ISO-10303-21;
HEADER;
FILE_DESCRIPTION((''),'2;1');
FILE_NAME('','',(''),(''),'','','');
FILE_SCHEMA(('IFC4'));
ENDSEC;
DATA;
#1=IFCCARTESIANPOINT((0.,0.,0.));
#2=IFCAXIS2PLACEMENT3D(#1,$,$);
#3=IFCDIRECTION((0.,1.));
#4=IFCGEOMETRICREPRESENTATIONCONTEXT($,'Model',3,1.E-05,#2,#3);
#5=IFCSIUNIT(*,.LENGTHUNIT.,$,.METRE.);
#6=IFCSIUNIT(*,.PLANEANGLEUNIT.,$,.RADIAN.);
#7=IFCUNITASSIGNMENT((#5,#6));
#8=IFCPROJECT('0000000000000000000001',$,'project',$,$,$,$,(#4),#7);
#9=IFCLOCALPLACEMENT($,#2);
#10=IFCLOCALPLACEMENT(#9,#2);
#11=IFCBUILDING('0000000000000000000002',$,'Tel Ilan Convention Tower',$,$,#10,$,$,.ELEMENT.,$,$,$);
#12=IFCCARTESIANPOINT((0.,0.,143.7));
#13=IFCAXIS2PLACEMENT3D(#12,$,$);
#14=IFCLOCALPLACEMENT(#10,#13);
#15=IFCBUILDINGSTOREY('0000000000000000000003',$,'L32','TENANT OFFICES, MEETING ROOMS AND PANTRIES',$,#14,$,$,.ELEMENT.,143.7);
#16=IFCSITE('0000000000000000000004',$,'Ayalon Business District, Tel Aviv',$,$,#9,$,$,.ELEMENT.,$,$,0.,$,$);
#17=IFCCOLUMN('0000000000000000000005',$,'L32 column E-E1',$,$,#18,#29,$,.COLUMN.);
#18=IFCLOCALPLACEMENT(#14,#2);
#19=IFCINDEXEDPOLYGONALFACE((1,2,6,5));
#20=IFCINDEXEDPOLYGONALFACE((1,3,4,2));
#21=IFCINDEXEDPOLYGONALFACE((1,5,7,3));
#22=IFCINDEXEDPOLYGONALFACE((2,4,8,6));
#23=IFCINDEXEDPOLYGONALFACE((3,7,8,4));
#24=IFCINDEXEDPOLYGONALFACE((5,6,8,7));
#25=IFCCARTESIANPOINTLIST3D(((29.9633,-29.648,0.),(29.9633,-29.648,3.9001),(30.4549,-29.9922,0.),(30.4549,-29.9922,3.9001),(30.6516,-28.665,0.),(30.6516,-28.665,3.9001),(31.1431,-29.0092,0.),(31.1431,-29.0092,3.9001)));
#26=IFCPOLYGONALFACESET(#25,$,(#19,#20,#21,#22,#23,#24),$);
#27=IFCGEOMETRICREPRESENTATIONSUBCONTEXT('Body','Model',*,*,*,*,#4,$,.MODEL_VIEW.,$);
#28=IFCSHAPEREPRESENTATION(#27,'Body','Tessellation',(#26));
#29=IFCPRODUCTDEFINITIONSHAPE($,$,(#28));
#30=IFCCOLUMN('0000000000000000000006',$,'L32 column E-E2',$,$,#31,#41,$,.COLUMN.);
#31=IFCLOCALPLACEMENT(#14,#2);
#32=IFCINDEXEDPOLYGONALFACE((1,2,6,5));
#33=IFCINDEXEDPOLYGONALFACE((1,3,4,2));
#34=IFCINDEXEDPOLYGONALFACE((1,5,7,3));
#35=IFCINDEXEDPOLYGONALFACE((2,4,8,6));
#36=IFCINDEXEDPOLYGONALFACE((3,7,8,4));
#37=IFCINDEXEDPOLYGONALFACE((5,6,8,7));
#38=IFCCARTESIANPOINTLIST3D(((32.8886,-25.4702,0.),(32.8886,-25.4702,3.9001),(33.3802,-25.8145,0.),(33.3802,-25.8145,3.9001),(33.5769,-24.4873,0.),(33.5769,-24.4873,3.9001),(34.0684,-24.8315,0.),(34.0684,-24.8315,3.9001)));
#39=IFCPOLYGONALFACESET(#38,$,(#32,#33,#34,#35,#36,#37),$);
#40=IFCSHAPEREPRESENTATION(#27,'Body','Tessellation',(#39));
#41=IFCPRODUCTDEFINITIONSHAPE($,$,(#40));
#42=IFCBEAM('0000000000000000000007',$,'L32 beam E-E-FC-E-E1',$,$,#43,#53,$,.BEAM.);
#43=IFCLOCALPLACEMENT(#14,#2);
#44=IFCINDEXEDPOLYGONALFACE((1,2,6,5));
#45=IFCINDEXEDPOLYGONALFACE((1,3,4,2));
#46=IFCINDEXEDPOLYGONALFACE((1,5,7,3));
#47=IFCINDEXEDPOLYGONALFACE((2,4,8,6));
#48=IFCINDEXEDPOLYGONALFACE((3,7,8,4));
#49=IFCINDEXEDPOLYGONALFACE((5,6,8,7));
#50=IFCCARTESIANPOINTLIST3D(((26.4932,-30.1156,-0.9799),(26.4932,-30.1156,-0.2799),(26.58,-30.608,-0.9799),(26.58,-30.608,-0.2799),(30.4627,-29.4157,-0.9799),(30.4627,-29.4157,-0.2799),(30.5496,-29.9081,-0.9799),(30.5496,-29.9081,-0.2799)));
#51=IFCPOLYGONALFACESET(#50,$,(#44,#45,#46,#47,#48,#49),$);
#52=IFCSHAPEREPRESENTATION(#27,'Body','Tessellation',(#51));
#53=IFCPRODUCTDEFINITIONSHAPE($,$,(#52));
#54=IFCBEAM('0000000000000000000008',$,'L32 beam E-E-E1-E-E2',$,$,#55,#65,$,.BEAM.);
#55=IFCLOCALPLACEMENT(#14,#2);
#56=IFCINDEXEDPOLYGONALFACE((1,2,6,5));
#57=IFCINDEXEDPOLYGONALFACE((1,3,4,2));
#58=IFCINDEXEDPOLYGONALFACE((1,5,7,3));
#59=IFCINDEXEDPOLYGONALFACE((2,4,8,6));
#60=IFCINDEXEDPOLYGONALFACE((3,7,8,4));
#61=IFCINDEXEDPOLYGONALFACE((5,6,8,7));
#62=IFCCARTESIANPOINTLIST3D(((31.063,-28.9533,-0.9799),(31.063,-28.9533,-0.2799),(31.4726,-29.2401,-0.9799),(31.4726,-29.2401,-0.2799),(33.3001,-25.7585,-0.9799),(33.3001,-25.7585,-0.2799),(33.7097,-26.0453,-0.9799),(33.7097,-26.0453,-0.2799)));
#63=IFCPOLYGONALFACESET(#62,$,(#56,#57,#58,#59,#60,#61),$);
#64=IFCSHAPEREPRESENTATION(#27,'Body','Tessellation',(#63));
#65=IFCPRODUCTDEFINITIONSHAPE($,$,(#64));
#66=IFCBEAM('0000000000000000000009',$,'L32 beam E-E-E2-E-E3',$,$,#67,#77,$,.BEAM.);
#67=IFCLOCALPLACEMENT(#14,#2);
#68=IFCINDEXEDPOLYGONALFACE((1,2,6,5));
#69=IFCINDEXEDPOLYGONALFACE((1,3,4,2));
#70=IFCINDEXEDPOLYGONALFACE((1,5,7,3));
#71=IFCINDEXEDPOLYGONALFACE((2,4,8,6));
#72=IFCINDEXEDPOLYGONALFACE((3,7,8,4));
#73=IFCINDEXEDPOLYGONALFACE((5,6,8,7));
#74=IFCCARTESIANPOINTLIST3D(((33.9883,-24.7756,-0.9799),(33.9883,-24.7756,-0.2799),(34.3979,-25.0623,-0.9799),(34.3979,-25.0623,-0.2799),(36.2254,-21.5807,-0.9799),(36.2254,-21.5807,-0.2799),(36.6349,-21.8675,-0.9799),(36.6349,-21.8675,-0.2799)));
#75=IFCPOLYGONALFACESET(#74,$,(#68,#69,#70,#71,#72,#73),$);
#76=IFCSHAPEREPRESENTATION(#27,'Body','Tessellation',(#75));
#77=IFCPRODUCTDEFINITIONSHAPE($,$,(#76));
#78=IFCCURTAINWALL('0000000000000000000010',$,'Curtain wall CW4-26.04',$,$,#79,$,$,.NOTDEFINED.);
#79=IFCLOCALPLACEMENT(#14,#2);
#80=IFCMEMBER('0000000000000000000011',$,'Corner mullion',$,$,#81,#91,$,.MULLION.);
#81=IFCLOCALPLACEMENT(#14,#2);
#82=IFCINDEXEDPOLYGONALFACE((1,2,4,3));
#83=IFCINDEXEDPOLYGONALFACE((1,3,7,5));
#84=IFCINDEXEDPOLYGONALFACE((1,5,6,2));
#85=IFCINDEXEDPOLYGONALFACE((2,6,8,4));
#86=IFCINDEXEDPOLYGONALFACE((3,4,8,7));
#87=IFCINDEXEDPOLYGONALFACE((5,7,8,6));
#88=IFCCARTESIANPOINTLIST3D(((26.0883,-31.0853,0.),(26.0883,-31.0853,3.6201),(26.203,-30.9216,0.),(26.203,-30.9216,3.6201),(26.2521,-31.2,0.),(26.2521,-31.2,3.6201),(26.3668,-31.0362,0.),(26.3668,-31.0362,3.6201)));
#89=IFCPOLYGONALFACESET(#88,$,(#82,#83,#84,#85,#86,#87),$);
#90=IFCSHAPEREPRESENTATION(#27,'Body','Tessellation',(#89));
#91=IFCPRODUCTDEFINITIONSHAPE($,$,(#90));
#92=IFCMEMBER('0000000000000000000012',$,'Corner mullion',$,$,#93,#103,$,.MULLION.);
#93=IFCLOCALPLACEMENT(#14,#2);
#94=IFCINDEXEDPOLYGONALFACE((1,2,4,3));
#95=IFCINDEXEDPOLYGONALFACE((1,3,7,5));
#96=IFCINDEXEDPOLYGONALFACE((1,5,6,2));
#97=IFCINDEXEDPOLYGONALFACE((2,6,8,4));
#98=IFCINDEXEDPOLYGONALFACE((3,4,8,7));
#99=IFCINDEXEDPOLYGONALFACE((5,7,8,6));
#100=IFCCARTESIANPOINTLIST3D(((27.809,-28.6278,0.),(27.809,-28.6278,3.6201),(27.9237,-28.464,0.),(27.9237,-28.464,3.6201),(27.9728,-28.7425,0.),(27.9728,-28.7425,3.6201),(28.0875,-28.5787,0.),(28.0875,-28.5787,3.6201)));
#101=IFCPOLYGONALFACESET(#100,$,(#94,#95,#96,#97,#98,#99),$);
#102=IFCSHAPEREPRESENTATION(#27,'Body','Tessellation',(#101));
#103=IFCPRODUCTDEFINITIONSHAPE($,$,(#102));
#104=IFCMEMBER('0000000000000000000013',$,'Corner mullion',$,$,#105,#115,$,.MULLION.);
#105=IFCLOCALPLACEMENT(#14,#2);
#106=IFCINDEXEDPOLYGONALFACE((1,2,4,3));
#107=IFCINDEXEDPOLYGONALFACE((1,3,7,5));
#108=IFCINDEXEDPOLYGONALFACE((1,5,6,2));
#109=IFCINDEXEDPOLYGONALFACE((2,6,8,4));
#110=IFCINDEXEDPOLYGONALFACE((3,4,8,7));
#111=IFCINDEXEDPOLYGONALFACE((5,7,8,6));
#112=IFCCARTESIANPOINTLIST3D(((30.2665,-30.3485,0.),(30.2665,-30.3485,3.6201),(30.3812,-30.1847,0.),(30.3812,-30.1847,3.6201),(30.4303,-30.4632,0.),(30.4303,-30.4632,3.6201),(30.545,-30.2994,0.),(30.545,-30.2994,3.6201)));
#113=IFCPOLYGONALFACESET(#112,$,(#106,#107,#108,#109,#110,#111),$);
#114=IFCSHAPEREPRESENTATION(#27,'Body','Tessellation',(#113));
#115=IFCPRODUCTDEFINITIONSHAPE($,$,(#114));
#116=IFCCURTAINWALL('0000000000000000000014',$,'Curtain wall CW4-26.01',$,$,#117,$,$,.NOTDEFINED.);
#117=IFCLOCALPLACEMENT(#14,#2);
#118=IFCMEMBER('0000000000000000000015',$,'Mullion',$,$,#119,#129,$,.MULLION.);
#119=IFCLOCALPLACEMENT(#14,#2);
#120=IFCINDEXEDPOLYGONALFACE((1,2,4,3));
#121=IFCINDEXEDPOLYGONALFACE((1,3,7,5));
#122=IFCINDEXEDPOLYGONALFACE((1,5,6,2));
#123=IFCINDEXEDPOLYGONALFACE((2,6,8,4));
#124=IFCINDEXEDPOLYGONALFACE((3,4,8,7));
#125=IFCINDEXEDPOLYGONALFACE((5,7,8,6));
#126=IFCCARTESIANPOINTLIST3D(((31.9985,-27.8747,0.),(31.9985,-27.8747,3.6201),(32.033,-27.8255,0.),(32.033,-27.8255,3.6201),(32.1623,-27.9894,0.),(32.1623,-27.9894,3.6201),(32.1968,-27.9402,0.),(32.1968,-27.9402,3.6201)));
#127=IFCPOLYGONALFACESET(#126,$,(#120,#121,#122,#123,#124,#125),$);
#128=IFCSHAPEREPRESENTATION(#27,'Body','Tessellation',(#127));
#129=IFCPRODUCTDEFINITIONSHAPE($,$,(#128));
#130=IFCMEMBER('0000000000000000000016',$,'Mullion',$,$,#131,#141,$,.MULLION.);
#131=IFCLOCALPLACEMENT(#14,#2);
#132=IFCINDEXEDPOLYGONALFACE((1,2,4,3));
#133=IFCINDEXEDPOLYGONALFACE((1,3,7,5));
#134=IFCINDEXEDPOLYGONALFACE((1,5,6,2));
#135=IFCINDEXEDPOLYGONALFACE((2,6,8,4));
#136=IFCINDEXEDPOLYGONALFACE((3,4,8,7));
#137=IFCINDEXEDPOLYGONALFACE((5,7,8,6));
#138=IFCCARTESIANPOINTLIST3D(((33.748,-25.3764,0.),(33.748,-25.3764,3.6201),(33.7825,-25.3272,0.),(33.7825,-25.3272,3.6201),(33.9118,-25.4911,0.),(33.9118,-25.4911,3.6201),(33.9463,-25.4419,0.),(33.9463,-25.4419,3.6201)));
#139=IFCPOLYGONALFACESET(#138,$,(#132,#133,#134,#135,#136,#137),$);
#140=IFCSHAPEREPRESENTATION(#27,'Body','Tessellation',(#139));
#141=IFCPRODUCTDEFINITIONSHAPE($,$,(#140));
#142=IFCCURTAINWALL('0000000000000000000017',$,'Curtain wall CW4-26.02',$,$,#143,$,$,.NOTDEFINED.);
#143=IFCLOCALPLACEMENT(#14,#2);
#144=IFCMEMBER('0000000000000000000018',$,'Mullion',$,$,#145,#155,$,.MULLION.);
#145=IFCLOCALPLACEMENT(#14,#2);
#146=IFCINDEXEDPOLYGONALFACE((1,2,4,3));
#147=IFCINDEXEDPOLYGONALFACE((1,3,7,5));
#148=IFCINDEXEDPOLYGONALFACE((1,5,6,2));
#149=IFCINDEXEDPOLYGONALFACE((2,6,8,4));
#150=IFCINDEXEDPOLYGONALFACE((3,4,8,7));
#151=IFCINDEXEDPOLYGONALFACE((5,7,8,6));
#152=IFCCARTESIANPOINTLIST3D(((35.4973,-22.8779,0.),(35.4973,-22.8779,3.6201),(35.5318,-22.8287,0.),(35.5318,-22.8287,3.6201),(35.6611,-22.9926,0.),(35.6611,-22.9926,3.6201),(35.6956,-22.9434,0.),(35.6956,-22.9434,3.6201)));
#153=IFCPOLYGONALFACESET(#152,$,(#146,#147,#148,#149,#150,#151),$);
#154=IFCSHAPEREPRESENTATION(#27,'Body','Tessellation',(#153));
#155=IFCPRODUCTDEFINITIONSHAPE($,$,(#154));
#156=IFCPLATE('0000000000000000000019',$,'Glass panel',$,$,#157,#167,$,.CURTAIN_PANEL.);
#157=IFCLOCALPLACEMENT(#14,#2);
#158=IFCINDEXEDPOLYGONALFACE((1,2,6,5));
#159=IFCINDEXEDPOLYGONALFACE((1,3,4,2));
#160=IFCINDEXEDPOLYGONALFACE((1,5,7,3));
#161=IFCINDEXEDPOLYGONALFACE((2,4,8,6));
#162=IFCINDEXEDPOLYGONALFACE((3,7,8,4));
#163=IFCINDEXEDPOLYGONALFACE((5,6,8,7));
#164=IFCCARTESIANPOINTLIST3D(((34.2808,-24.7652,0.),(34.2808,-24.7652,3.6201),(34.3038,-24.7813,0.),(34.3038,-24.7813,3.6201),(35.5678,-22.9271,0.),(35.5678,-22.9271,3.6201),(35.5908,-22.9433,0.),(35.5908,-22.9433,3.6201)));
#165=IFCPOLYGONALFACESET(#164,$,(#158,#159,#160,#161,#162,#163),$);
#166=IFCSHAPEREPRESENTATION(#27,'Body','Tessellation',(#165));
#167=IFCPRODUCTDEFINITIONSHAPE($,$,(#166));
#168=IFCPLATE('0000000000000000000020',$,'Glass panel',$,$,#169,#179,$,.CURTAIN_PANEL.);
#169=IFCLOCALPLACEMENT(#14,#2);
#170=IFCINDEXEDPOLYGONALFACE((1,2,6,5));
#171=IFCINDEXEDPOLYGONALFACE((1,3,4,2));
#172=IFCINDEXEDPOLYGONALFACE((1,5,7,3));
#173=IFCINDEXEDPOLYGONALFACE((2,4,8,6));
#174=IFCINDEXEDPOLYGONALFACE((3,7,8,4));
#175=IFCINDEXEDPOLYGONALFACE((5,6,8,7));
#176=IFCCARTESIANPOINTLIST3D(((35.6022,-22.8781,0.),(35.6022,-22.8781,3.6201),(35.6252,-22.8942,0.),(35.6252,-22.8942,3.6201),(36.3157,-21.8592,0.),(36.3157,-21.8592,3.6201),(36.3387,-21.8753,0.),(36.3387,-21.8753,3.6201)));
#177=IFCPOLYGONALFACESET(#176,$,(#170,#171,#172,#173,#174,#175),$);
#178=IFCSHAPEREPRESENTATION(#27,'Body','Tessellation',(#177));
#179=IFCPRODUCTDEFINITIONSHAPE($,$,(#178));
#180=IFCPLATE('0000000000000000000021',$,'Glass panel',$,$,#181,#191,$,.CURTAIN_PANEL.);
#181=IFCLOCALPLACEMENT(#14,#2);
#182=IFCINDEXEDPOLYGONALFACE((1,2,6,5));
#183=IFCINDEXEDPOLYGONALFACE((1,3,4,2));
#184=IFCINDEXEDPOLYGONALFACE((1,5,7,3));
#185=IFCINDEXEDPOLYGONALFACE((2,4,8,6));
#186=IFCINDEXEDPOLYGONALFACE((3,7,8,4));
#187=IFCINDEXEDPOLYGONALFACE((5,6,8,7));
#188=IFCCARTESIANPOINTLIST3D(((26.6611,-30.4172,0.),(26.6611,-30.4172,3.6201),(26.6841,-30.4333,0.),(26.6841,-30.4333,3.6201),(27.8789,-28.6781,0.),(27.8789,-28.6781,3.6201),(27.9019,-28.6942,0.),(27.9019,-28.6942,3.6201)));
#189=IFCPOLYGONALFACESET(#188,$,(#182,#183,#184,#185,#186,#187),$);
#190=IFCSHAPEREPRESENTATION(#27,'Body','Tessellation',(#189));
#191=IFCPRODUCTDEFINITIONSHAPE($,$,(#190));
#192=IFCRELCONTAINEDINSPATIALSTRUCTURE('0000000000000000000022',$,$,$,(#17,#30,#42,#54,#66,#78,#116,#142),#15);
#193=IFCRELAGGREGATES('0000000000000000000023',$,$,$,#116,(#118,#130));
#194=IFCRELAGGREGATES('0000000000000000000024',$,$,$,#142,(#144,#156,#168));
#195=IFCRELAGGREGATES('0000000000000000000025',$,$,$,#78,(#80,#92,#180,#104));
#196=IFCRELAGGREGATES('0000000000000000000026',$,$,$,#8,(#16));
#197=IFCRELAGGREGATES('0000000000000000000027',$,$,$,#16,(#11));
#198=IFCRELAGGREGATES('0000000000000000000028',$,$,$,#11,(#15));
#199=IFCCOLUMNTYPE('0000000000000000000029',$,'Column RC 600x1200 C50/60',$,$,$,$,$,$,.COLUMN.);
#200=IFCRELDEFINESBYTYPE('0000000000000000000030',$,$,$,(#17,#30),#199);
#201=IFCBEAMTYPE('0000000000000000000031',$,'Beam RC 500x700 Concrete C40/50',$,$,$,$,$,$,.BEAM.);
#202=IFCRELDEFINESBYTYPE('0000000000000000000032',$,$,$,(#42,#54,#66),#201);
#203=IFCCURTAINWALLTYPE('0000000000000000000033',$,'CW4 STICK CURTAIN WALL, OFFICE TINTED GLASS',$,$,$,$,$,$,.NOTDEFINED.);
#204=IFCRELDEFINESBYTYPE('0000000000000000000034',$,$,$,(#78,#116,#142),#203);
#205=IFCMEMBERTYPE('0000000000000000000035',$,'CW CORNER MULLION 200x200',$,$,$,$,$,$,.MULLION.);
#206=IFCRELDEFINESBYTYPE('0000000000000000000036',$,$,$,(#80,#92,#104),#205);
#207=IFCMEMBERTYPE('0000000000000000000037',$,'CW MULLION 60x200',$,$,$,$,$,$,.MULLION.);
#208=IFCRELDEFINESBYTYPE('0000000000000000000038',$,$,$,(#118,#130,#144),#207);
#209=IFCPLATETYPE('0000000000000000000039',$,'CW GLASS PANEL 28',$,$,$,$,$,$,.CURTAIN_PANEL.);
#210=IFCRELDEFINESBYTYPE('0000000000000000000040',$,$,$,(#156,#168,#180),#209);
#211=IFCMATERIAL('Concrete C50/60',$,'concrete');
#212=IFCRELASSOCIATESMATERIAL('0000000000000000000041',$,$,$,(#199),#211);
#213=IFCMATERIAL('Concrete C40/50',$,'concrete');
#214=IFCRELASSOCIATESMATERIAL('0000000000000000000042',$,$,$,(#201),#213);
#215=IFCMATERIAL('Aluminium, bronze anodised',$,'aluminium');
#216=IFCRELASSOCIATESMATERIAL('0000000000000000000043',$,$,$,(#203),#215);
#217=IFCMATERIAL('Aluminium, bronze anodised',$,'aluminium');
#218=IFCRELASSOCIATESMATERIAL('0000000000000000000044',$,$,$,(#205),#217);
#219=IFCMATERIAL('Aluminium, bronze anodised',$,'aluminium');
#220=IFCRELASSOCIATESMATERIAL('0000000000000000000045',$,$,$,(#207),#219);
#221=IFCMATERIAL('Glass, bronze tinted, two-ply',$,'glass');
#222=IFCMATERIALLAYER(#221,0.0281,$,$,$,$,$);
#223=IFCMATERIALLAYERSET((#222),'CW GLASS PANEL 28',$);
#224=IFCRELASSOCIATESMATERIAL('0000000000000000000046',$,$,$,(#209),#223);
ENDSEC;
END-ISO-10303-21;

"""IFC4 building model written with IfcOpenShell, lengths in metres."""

from ifc_helpers import new_model, si_unit, direction, frame, origin, origin_2d, place, context, subcontext, project, spatial, rectangle, extrude, material, layer, layer_set, material_profile, profile_set, type_object, element, aggregate, save


model = new_model("IFC4")

# Units and contexts
model_context = context("Model", 3, precision=1e-05, world=origin(), true_north=direction((0.0, 1.0)))
body_context = subcontext(model_context, "Body", "Model", "MODEL_VIEW")
ifc_project = project(units=[si_unit("LENGTHUNIT", "METRE"), si_unit("PLANEANGLEUNIT", "RADIAN")], contexts=[model_context])

# Site, building, storey
site_placement = place(None, origin())
site = spatial("IfcSite", under=ifc_project, at=site_placement, Name="Ayalon Business District, Tel Aviv", CompositionType="ELEMENT", RefElevation=0.0)
building_placement = place(site_placement, origin())
building = spatial("IfcBuilding", under=site, at=building_placement, Name="Tel Ilan Convention Tower", CompositionType="ELEMENT")
storey_placement = place(building_placement, frame((0.0, 0.0, 143.7)))
storey = spatial("IfcBuildingStorey", under=building, at=storey_placement, Name="L32", Description="TENANT OFFICES, MEETING ROOMS AND PANTRIES", CompositionType="ELEMENT", Elevation=143.7)

# Columns
ifc_material_1 = material(Name="Concrete C50/60", Category="concrete")
ifc_material_profile_1 = material_profile(ifc_material_1, rectangle(XDim=1.2, YDim=0.6001, at=origin_2d()), Name="RC 600x1200")
ifc_profile_set_1 = profile_set([ifc_material_profile_1], Name="Concrete C50/60")
column_type = type_object("IfcColumnType", Name="Column RC 600x1200 C50/60", PredefinedType="COLUMN", material=ifc_profile_set_1)
for number, where, z_axis, x_axis, name in (
    (1, (30.5532, -29.3286, 0.0), (0.0, 0.0, 1.0), (0.573576, 0.819152, 0.0), "L32 column E-E1"),
    (2, (33.4785, -25.1509, 0.0), (0.0, 0.0, 1.0), (0.573576, 0.819152, 0.0), "L32 column E-E2"),
):
    element("IfcColumn", number, at=place(storey_placement, frame(where, z_axis=z_axis, x_axis=x_axis)), inside=storey, type_object=column_type, Name=name, PredefinedType="COLUMN", context=body_context, shape_type="SweptSolid", body=[
        extrude(rectangle(XDim=1.2, YDim=0.6001, at=origin_2d()), origin(), (0.0, 0.0, 1.0), 3.9001),
    ])

# Beams
ifc_material_2 = material(Name="Concrete C40/50", Category="concrete")
ifc_material_profile_2 = material_profile(ifc_material_2, rectangle(XDim=0.5, YDim=0.7, at=origin_2d()), Name="RC 500x700")
ifc_profile_set_2 = profile_set([ifc_material_profile_2], Name="Concrete C40/50")
beam_type = type_object("IfcBeamType", Name="Beam RC 500x700 Concrete C40/50", PredefinedType="BEAM", material=ifc_profile_set_2)
beam_placement = place(storey_placement, frame((26.5366, -30.3618, -0.6299), z_axis=(0.984807, 0.173654, 0.0), x_axis=(-0.173654, 0.984807, 0.0)))
element("IfcBeam", 3, at=beam_placement, inside=storey, type_object=beam_type, Name="L32 beam E-E-FC-E-E1", PredefinedType="BEAM", context=body_context, shape_type="SweptSolid", body=[
    extrude(rectangle(XDim=0.5, YDim=0.7, at=origin_2d()), origin(), (0.0, 0.0, 1.0), 4.0308),
])
for number, where, z_axis, x_axis, name in (
    (4, (31.2678, -29.0967, -0.6299), (0.57358, 0.81915, 0.0), (-0.81915, 0.57358, 0.0), "L32 beam E-E-E1-E-E2"),
    (5, (34.1931, -24.9189, -0.6299), (0.57358, 0.81915, 0.0), (-0.81915, 0.57358, 0.0), "L32 beam E-E-E2-E-E3"),
):
    element("IfcBeam", number, at=place(storey_placement, frame(where, z_axis=z_axis, x_axis=x_axis)), inside=storey, type_object=beam_type, Name=name, PredefinedType="BEAM", context=body_context, shape_type="SweptSolid", body=[
        extrude(rectangle(XDim=0.5, YDim=0.7, at=origin_2d()), origin(), (0.0, 0.0, 1.0), 3.9001),
    ])

# Curtain walls, members
ifc_material_3 = material(Name="Aluminium, bronze anodised", Category="aluminium")
curtain_wall_type = type_object("IfcCurtainWallType", Name="CW4 STICK CURTAIN WALL, OFFICE TINTED GLASS", PredefinedType="NOTDEFINED", material=ifc_material_3)
curtain_wall_1_placement = place(storey_placement, origin())
curtain_wall_1 = element("IfcCurtainWall", 6, at=curtain_wall_1_placement, inside=storey, type_object=curtain_wall_type, Name="Curtain wall CW4-26.04", PredefinedType="NOTDEFINED")
ifc_material_4 = material(Name="Aluminium, bronze anodised", Category="aluminium")
ifc_material_profile_3 = material_profile(ifc_material_4, rectangle(XDim=0.2, YDim=0.2, at=origin_2d()), Name="CW CORNER MULLION 200x200")
ifc_profile_set_3 = profile_set([ifc_material_profile_3], Name="Aluminium, bronze anodised")
member_type_1 = type_object("IfcMemberType", Name="CW CORNER MULLION 200x200", PredefinedType="MULLION", material=ifc_profile_set_3)
member_1_placement = place(storey_placement, frame((26.2275, -31.0608, 0.0), z_axis=(0.0, 0.0, 1.0), x_axis=(0.819152, -0.573576, 0.0)))
member_1 = element("IfcMember", 7, at=member_1_placement, type_object=member_type_1, Name="Corner mullion", PredefinedType="MULLION", context=body_context, shape_type="SweptSolid", body=[
    extrude(rectangle(XDim=0.2, YDim=0.2, at=origin_2d()), origin(), (0.0, 0.0, 1.0), 3.6201),
])
member_2_placement = place(storey_placement, frame((27.9482, -28.6033, 0.0), z_axis=(0.0, 0.0, 1.0), x_axis=(0.573576, 0.819152, 0.0)))
member_2 = element("IfcMember", 8, at=member_2_placement, type_object=member_type_1, Name="Corner mullion", PredefinedType="MULLION", context=body_context, shape_type="SweptSolid", body=[
    extrude(rectangle(XDim=0.2, YDim=0.2, at=origin_2d()), origin(), (0.0, 0.0, 1.0), 3.6201),
])
member_3_placement = place(storey_placement, frame((30.4058, -30.324, 0.0), z_axis=(0.0, 0.0, 1.0), x_axis=(0.819152, -0.573576, 0.0)))
member_3 = element("IfcMember", 9, at=member_3_placement, type_object=member_type_1, Name="Corner mullion", PredefinedType="MULLION", context=body_context, shape_type="SweptSolid", body=[
    extrude(rectangle(XDim=0.2, YDim=0.2, at=origin_2d()), origin(), (0.0, 0.0, 1.0), 3.6201),
])
curtain_wall_2_placement = place(storey_placement, origin())
curtain_wall_2 = element("IfcCurtainWall", 10, at=curtain_wall_2_placement, inside=storey, type_object=curtain_wall_type, Name="Curtain wall CW4-26.01", PredefinedType="NOTDEFINED")
ifc_material_5 = material(Name="Aluminium, bronze anodised", Category="aluminium")
ifc_material_profile_4 = material_profile(ifc_material_5, rectangle(XDim=0.0601, YDim=0.2, at=origin_2d()), Name="CW MULLION 60x200")
ifc_profile_set_4 = profile_set([ifc_material_profile_4], Name="Aluminium, bronze anodised")
member_type_2 = type_object("IfcMemberType", Name="CW MULLION 60x200", PredefinedType="MULLION", material=ifc_profile_set_4)
member_4_placement = place(storey_placement, frame((32.0977, -27.9075, 0.0), z_axis=(0.0, 0.0, 1.0), x_axis=(0.573576, 0.819152, 0.0)))
member_4 = element("IfcMember", 11, at=member_4_placement, type_object=member_type_2, Name="Mullion", PredefinedType="MULLION", context=body_context, shape_type="SweptSolid", body=[
    extrude(rectangle(XDim=0.0601, YDim=0.2, at=origin_2d()), origin(), (0.0, 0.0, 1.0), 3.6201),
])
member_5_placement = place(storey_placement, frame((33.8472, -25.4092, 0.0), z_axis=(0.0, 0.0, 1.0), x_axis=(0.573576, 0.819152, 0.0)))
member_5 = element("IfcMember", 12, at=member_5_placement, type_object=member_type_2, Name="Mullion", PredefinedType="MULLION", context=body_context, shape_type="SweptSolid", body=[
    extrude(rectangle(XDim=0.0601, YDim=0.2, at=origin_2d()), origin(), (0.0, 0.0, 1.0), 3.6201),
])
aggregate(curtain_wall_2, [member_4, member_5])

# Curtain wall, member, plates
curtain_wall_3_placement = place(storey_placement, origin())
curtain_wall_3 = element("IfcCurtainWall", 13, at=curtain_wall_3_placement, inside=storey, type_object=curtain_wall_type, Name="Curtain wall CW4-26.02", PredefinedType="NOTDEFINED")
member_6_placement = place(storey_placement, frame((35.5964, -22.9106, 0.0), z_axis=(0.0, 0.0, 1.0), x_axis=(0.573576, 0.819152, 0.0)))
member_6 = element("IfcMember", 14, at=member_6_placement, type_object=member_type_2, Name="Mullion", PredefinedType="MULLION", context=body_context, shape_type="SweptSolid", body=[
    extrude(rectangle(XDim=0.0601, YDim=0.2, at=origin_2d()), origin(), (0.0, 0.0, 1.0), 3.6201),
])
ifc_material_6 = material(Name="Glass, bronze tinted, two-ply", Category="glass")
ifc_layer_1 = layer(ifc_material_6, 0.0281)
ifc_layer_set_1 = layer_set([ifc_layer_1], Name="CW GLASS PANEL 28")
plate_type = type_object("IfcPlateType", Name="CW GLASS PANEL 28", PredefinedType="CURTAIN_PANEL", material=ifc_layer_set_1)
plate_1_placement = place(storey_placement, frame((34.9358, -23.8542, 0.0), z_axis=(0.0, 0.0, 1.0), x_axis=(0.573576, 0.819152, 0.0)))
plate_1 = element("IfcPlate", 15, at=plate_1_placement, type_object=plate_type, Name="Glass panel", PredefinedType="CURTAIN_PANEL", context=body_context, shape_type="SweptSolid", body=[
    extrude(rectangle(XDim=2.2439, YDim=0.0281, at=origin_2d()), origin(), (0.0, 0.0, 1.0), 3.6201),
])
plate_2_placement = place(storey_placement, frame((35.9705, -22.3767, 0.0), z_axis=(0.0, 0.0, 1.0), x_axis=(0.573576, 0.819152, 0.0)))
plate_2 = element("IfcPlate", 16, at=plate_2_placement, type_object=plate_type, Name="Glass panel", PredefinedType="CURTAIN_PANEL", context=body_context, shape_type="SweptSolid", body=[
    extrude(rectangle(XDim=1.2439, YDim=0.0281, at=origin_2d()), origin(), (0.0, 0.0, 1.0), 3.6201),
])
aggregate(curtain_wall_3, [member_6, plate_1, plate_2])

# Plate
plate_3_placement = place(storey_placement, frame((27.2815, -29.5557, 0.0), z_axis=(0.0, 0.0, 1.0), x_axis=(0.573576, 0.819152, 0.0)))
plate_3 = element("IfcPlate", 17, at=plate_3_placement, type_object=plate_type, Name="Glass panel", PredefinedType="CURTAIN_PANEL", context=body_context, shape_type="SweptSolid", body=[
    extrude(rectangle(XDim=2.123, YDim=0.0281, at=origin_2d()), origin(), (0.0, 0.0, 1.0), 3.6201),
])
aggregate(curtain_wall_1, [member_1, member_2, plate_3, member_3])

save(model, "model.ifc")
